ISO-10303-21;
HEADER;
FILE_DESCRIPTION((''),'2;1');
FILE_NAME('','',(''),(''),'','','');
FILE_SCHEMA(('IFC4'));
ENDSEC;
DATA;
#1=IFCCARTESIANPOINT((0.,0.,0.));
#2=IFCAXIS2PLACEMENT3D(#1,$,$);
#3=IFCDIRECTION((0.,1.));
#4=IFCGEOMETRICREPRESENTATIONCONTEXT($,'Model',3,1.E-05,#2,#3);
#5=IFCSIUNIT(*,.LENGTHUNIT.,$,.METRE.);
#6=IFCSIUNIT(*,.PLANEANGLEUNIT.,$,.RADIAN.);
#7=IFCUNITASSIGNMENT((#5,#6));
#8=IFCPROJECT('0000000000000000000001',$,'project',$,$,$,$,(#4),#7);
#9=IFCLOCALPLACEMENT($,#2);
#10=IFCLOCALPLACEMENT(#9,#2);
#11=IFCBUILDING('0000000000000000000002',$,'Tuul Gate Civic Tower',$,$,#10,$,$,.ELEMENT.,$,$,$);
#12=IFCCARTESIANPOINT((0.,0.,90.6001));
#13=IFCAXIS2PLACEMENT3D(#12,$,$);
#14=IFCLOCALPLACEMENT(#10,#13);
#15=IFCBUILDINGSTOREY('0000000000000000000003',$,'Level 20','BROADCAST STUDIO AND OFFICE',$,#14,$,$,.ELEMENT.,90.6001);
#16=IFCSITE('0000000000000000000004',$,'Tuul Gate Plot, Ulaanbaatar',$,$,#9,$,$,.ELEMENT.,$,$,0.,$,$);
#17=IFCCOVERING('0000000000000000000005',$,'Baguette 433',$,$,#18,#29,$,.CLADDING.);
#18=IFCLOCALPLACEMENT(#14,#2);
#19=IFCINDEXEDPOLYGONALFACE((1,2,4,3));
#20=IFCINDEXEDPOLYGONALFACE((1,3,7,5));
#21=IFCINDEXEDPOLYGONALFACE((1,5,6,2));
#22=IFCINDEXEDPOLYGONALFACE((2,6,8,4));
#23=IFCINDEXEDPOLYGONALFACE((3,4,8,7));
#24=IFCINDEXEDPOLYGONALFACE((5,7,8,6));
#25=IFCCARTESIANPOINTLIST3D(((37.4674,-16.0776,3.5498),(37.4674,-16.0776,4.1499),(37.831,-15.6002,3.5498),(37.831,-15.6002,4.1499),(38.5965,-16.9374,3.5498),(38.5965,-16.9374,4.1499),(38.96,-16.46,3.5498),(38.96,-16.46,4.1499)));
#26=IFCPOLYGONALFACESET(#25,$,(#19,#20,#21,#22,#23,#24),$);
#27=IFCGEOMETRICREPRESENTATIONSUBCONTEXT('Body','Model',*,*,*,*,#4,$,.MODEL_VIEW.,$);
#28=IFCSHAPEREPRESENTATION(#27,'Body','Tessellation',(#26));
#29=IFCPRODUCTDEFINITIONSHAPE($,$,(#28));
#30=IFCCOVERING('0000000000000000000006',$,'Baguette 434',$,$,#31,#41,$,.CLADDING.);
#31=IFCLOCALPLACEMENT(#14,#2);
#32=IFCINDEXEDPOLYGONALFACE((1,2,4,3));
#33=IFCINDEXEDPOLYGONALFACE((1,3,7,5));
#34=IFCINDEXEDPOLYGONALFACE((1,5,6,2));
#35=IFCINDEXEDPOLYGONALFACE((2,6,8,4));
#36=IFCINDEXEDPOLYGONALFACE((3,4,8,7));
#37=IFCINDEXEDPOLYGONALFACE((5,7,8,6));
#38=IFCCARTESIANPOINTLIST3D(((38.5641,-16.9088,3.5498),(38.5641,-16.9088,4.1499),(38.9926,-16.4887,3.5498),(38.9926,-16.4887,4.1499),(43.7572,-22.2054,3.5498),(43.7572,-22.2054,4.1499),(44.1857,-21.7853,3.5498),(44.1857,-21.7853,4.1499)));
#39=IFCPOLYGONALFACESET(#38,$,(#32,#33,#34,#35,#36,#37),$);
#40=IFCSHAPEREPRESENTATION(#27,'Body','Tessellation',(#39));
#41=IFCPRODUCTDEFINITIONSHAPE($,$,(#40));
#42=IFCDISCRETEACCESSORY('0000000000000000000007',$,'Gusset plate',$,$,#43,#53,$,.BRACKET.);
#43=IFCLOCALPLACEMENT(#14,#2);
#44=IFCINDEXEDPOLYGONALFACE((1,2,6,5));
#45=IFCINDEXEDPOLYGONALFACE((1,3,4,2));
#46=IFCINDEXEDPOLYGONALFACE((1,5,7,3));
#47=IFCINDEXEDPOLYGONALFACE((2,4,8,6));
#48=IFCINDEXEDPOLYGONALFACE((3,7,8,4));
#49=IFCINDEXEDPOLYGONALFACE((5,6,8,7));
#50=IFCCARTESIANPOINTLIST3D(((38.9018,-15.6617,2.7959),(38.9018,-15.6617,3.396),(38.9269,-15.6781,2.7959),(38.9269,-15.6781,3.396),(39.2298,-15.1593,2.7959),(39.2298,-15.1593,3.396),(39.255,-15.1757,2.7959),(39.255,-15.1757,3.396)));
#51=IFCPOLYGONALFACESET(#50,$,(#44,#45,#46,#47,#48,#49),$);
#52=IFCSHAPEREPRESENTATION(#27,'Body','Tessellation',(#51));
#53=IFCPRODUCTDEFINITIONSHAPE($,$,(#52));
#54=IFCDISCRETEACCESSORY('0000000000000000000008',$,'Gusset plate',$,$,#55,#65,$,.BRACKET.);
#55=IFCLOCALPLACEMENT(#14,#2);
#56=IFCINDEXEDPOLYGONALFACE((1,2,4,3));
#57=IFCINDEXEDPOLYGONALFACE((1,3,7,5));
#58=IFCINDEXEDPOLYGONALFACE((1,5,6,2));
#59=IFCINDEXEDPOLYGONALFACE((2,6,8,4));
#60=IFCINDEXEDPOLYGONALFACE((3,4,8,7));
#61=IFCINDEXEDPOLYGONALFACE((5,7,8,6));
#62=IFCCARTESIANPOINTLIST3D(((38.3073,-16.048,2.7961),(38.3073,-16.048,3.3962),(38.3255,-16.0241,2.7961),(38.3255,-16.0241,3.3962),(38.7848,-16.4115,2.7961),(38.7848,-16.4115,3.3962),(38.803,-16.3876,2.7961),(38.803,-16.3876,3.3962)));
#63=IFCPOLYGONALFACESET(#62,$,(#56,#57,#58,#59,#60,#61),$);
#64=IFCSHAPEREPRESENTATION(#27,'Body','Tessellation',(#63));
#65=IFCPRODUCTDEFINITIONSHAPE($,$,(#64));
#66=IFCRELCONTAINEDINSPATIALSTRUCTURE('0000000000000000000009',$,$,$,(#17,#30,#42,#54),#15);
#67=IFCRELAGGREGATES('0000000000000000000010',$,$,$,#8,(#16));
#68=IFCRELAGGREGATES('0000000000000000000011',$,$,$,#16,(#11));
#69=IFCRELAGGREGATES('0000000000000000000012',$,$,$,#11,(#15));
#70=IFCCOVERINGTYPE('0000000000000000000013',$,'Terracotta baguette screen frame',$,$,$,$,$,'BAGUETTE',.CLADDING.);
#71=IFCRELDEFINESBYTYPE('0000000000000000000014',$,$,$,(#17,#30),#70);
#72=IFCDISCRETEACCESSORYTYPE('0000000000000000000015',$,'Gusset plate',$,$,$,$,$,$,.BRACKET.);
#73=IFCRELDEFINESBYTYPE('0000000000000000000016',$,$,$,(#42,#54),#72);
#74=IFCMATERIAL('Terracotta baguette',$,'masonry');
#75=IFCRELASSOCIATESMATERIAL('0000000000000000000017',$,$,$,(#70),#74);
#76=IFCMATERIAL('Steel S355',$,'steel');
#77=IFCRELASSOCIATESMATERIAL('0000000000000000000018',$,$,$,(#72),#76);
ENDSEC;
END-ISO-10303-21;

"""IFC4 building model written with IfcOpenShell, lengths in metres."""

from ifc_helpers import new_model, si_unit, direction, frame, origin, origin_2d, place, context, subcontext, project, spatial, rectangle, extrude, material, material_profile, profile_set, type_object, element, save


model = new_model("IFC4")

# Units and contexts
model_context = context("Model", 3, precision=1e-05, world=origin(), true_north=direction((0.0, 1.0)))
body_context = subcontext(model_context, "Body", "Model", "MODEL_VIEW")
ifc_project = project(units=[si_unit("LENGTHUNIT", "METRE"), si_unit("PLANEANGLEUNIT", "RADIAN")], contexts=[model_context])

# Site, building, storey
site_placement = place(None, origin())
site = spatial("IfcSite", under=ifc_project, at=site_placement, Name="Tuul Gate Plot, Ulaanbaatar", CompositionType="ELEMENT", RefElevation=0.0)
building_placement = place(site_placement, origin())
building = spatial("IfcBuilding", under=site, at=building_placement, Name="Tuul Gate Civic Tower", CompositionType="ELEMENT")
storey_placement = place(building_placement, frame((0.0, 0.0, 90.6001)))
storey = spatial("IfcBuildingStorey", under=building, at=storey_placement, Name="Level 20", Description="BROADCAST STUDIO AND OFFICE", CompositionType="ELEMENT", Elevation=90.6001)

# Coverings
ifc_material_1 = material(Name="Terracotta baguette", Category="masonry")
ifc_material_profile_1 = material_profile(ifc_material_1, rectangle(XDim=0.6001, YDim=0.6001, at=origin_2d()), Name="Terracotta baguette screen frame")
ifc_profile_set_1 = profile_set([ifc_material_profile_1], Name="Terracotta baguette")
covering_type = type_object("IfcCoveringType", Name="Terracotta baguette screen frame", ElementType="BAGUETTE", PredefinedType="CLADDING", material=ifc_profile_set_1)
covering_1_placement = place(storey_placement, frame((37.6492, -15.8389, 3.8499), z_axis=(0.795582, -0.605846, 0.0), x_axis=(0.605846, 0.795582, 0.0)))
element("IfcCovering", 1, at=covering_1_placement, inside=storey, type_object=covering_type, Name="Baguette 433", PredefinedType="CLADDING", context=body_context, shape_type="SweptSolid", body=[
    extrude(rectangle(XDim=0.6001, YDim=0.6001, at=origin_2d()), origin(), (0.0, 0.0, 1.0), 1.4192),
])
covering_2_placement = place(storey_placement, frame((38.7783, -16.6987, 3.8499), z_axis=(0.700095, -0.71405, 0.0), x_axis=(0.71405, 0.700095, 0.0)))
element("IfcCovering", 2, at=covering_2_placement, inside=storey, type_object=covering_type, Name="Baguette 434", PredefinedType="CLADDING", context=body_context, shape_type="SweptSolid", body=[
    extrude(rectangle(XDim=0.6001, YDim=0.6001, at=origin_2d()), origin(), (0.0, 0.0, 1.0), 7.4177),
])

# Discrete accessories
ifc_material_2 = material(Name="Steel S355", Category="steel")
discrete_accessory_type = type_object("IfcDiscreteAccessoryType", Name="Gusset plate", PredefinedType="BRACKET", material=ifc_material_2)
for number, where, z_axis, x_axis, name in (
    (3, (39.0784, -15.4187, 2.7959), (0.0, 0.0, 1.0), (0.546722, 0.837314, 0.0), "Gusset plate"),
    (4, (38.5552, -16.2178, 2.7961), (0.0, 0.0, 1.0), (0.795664, -0.605738, 0.0), "Gusset plate"),
):
    element("IfcDiscreteAccessory", number, at=place(storey_placement, frame(where, z_axis=z_axis, x_axis=x_axis)), inside=storey, type_object=discrete_accessory_type, Name=name, PredefinedType="BRACKET", context=body_context, shape_type="SweptSolid", body=[
        extrude(rectangle(XDim=0.6001, YDim=0.03, at=origin_2d()), origin(), (0.0, 0.0, 1.0), 0.6001),
    ])

save(model, "model.ifc")
